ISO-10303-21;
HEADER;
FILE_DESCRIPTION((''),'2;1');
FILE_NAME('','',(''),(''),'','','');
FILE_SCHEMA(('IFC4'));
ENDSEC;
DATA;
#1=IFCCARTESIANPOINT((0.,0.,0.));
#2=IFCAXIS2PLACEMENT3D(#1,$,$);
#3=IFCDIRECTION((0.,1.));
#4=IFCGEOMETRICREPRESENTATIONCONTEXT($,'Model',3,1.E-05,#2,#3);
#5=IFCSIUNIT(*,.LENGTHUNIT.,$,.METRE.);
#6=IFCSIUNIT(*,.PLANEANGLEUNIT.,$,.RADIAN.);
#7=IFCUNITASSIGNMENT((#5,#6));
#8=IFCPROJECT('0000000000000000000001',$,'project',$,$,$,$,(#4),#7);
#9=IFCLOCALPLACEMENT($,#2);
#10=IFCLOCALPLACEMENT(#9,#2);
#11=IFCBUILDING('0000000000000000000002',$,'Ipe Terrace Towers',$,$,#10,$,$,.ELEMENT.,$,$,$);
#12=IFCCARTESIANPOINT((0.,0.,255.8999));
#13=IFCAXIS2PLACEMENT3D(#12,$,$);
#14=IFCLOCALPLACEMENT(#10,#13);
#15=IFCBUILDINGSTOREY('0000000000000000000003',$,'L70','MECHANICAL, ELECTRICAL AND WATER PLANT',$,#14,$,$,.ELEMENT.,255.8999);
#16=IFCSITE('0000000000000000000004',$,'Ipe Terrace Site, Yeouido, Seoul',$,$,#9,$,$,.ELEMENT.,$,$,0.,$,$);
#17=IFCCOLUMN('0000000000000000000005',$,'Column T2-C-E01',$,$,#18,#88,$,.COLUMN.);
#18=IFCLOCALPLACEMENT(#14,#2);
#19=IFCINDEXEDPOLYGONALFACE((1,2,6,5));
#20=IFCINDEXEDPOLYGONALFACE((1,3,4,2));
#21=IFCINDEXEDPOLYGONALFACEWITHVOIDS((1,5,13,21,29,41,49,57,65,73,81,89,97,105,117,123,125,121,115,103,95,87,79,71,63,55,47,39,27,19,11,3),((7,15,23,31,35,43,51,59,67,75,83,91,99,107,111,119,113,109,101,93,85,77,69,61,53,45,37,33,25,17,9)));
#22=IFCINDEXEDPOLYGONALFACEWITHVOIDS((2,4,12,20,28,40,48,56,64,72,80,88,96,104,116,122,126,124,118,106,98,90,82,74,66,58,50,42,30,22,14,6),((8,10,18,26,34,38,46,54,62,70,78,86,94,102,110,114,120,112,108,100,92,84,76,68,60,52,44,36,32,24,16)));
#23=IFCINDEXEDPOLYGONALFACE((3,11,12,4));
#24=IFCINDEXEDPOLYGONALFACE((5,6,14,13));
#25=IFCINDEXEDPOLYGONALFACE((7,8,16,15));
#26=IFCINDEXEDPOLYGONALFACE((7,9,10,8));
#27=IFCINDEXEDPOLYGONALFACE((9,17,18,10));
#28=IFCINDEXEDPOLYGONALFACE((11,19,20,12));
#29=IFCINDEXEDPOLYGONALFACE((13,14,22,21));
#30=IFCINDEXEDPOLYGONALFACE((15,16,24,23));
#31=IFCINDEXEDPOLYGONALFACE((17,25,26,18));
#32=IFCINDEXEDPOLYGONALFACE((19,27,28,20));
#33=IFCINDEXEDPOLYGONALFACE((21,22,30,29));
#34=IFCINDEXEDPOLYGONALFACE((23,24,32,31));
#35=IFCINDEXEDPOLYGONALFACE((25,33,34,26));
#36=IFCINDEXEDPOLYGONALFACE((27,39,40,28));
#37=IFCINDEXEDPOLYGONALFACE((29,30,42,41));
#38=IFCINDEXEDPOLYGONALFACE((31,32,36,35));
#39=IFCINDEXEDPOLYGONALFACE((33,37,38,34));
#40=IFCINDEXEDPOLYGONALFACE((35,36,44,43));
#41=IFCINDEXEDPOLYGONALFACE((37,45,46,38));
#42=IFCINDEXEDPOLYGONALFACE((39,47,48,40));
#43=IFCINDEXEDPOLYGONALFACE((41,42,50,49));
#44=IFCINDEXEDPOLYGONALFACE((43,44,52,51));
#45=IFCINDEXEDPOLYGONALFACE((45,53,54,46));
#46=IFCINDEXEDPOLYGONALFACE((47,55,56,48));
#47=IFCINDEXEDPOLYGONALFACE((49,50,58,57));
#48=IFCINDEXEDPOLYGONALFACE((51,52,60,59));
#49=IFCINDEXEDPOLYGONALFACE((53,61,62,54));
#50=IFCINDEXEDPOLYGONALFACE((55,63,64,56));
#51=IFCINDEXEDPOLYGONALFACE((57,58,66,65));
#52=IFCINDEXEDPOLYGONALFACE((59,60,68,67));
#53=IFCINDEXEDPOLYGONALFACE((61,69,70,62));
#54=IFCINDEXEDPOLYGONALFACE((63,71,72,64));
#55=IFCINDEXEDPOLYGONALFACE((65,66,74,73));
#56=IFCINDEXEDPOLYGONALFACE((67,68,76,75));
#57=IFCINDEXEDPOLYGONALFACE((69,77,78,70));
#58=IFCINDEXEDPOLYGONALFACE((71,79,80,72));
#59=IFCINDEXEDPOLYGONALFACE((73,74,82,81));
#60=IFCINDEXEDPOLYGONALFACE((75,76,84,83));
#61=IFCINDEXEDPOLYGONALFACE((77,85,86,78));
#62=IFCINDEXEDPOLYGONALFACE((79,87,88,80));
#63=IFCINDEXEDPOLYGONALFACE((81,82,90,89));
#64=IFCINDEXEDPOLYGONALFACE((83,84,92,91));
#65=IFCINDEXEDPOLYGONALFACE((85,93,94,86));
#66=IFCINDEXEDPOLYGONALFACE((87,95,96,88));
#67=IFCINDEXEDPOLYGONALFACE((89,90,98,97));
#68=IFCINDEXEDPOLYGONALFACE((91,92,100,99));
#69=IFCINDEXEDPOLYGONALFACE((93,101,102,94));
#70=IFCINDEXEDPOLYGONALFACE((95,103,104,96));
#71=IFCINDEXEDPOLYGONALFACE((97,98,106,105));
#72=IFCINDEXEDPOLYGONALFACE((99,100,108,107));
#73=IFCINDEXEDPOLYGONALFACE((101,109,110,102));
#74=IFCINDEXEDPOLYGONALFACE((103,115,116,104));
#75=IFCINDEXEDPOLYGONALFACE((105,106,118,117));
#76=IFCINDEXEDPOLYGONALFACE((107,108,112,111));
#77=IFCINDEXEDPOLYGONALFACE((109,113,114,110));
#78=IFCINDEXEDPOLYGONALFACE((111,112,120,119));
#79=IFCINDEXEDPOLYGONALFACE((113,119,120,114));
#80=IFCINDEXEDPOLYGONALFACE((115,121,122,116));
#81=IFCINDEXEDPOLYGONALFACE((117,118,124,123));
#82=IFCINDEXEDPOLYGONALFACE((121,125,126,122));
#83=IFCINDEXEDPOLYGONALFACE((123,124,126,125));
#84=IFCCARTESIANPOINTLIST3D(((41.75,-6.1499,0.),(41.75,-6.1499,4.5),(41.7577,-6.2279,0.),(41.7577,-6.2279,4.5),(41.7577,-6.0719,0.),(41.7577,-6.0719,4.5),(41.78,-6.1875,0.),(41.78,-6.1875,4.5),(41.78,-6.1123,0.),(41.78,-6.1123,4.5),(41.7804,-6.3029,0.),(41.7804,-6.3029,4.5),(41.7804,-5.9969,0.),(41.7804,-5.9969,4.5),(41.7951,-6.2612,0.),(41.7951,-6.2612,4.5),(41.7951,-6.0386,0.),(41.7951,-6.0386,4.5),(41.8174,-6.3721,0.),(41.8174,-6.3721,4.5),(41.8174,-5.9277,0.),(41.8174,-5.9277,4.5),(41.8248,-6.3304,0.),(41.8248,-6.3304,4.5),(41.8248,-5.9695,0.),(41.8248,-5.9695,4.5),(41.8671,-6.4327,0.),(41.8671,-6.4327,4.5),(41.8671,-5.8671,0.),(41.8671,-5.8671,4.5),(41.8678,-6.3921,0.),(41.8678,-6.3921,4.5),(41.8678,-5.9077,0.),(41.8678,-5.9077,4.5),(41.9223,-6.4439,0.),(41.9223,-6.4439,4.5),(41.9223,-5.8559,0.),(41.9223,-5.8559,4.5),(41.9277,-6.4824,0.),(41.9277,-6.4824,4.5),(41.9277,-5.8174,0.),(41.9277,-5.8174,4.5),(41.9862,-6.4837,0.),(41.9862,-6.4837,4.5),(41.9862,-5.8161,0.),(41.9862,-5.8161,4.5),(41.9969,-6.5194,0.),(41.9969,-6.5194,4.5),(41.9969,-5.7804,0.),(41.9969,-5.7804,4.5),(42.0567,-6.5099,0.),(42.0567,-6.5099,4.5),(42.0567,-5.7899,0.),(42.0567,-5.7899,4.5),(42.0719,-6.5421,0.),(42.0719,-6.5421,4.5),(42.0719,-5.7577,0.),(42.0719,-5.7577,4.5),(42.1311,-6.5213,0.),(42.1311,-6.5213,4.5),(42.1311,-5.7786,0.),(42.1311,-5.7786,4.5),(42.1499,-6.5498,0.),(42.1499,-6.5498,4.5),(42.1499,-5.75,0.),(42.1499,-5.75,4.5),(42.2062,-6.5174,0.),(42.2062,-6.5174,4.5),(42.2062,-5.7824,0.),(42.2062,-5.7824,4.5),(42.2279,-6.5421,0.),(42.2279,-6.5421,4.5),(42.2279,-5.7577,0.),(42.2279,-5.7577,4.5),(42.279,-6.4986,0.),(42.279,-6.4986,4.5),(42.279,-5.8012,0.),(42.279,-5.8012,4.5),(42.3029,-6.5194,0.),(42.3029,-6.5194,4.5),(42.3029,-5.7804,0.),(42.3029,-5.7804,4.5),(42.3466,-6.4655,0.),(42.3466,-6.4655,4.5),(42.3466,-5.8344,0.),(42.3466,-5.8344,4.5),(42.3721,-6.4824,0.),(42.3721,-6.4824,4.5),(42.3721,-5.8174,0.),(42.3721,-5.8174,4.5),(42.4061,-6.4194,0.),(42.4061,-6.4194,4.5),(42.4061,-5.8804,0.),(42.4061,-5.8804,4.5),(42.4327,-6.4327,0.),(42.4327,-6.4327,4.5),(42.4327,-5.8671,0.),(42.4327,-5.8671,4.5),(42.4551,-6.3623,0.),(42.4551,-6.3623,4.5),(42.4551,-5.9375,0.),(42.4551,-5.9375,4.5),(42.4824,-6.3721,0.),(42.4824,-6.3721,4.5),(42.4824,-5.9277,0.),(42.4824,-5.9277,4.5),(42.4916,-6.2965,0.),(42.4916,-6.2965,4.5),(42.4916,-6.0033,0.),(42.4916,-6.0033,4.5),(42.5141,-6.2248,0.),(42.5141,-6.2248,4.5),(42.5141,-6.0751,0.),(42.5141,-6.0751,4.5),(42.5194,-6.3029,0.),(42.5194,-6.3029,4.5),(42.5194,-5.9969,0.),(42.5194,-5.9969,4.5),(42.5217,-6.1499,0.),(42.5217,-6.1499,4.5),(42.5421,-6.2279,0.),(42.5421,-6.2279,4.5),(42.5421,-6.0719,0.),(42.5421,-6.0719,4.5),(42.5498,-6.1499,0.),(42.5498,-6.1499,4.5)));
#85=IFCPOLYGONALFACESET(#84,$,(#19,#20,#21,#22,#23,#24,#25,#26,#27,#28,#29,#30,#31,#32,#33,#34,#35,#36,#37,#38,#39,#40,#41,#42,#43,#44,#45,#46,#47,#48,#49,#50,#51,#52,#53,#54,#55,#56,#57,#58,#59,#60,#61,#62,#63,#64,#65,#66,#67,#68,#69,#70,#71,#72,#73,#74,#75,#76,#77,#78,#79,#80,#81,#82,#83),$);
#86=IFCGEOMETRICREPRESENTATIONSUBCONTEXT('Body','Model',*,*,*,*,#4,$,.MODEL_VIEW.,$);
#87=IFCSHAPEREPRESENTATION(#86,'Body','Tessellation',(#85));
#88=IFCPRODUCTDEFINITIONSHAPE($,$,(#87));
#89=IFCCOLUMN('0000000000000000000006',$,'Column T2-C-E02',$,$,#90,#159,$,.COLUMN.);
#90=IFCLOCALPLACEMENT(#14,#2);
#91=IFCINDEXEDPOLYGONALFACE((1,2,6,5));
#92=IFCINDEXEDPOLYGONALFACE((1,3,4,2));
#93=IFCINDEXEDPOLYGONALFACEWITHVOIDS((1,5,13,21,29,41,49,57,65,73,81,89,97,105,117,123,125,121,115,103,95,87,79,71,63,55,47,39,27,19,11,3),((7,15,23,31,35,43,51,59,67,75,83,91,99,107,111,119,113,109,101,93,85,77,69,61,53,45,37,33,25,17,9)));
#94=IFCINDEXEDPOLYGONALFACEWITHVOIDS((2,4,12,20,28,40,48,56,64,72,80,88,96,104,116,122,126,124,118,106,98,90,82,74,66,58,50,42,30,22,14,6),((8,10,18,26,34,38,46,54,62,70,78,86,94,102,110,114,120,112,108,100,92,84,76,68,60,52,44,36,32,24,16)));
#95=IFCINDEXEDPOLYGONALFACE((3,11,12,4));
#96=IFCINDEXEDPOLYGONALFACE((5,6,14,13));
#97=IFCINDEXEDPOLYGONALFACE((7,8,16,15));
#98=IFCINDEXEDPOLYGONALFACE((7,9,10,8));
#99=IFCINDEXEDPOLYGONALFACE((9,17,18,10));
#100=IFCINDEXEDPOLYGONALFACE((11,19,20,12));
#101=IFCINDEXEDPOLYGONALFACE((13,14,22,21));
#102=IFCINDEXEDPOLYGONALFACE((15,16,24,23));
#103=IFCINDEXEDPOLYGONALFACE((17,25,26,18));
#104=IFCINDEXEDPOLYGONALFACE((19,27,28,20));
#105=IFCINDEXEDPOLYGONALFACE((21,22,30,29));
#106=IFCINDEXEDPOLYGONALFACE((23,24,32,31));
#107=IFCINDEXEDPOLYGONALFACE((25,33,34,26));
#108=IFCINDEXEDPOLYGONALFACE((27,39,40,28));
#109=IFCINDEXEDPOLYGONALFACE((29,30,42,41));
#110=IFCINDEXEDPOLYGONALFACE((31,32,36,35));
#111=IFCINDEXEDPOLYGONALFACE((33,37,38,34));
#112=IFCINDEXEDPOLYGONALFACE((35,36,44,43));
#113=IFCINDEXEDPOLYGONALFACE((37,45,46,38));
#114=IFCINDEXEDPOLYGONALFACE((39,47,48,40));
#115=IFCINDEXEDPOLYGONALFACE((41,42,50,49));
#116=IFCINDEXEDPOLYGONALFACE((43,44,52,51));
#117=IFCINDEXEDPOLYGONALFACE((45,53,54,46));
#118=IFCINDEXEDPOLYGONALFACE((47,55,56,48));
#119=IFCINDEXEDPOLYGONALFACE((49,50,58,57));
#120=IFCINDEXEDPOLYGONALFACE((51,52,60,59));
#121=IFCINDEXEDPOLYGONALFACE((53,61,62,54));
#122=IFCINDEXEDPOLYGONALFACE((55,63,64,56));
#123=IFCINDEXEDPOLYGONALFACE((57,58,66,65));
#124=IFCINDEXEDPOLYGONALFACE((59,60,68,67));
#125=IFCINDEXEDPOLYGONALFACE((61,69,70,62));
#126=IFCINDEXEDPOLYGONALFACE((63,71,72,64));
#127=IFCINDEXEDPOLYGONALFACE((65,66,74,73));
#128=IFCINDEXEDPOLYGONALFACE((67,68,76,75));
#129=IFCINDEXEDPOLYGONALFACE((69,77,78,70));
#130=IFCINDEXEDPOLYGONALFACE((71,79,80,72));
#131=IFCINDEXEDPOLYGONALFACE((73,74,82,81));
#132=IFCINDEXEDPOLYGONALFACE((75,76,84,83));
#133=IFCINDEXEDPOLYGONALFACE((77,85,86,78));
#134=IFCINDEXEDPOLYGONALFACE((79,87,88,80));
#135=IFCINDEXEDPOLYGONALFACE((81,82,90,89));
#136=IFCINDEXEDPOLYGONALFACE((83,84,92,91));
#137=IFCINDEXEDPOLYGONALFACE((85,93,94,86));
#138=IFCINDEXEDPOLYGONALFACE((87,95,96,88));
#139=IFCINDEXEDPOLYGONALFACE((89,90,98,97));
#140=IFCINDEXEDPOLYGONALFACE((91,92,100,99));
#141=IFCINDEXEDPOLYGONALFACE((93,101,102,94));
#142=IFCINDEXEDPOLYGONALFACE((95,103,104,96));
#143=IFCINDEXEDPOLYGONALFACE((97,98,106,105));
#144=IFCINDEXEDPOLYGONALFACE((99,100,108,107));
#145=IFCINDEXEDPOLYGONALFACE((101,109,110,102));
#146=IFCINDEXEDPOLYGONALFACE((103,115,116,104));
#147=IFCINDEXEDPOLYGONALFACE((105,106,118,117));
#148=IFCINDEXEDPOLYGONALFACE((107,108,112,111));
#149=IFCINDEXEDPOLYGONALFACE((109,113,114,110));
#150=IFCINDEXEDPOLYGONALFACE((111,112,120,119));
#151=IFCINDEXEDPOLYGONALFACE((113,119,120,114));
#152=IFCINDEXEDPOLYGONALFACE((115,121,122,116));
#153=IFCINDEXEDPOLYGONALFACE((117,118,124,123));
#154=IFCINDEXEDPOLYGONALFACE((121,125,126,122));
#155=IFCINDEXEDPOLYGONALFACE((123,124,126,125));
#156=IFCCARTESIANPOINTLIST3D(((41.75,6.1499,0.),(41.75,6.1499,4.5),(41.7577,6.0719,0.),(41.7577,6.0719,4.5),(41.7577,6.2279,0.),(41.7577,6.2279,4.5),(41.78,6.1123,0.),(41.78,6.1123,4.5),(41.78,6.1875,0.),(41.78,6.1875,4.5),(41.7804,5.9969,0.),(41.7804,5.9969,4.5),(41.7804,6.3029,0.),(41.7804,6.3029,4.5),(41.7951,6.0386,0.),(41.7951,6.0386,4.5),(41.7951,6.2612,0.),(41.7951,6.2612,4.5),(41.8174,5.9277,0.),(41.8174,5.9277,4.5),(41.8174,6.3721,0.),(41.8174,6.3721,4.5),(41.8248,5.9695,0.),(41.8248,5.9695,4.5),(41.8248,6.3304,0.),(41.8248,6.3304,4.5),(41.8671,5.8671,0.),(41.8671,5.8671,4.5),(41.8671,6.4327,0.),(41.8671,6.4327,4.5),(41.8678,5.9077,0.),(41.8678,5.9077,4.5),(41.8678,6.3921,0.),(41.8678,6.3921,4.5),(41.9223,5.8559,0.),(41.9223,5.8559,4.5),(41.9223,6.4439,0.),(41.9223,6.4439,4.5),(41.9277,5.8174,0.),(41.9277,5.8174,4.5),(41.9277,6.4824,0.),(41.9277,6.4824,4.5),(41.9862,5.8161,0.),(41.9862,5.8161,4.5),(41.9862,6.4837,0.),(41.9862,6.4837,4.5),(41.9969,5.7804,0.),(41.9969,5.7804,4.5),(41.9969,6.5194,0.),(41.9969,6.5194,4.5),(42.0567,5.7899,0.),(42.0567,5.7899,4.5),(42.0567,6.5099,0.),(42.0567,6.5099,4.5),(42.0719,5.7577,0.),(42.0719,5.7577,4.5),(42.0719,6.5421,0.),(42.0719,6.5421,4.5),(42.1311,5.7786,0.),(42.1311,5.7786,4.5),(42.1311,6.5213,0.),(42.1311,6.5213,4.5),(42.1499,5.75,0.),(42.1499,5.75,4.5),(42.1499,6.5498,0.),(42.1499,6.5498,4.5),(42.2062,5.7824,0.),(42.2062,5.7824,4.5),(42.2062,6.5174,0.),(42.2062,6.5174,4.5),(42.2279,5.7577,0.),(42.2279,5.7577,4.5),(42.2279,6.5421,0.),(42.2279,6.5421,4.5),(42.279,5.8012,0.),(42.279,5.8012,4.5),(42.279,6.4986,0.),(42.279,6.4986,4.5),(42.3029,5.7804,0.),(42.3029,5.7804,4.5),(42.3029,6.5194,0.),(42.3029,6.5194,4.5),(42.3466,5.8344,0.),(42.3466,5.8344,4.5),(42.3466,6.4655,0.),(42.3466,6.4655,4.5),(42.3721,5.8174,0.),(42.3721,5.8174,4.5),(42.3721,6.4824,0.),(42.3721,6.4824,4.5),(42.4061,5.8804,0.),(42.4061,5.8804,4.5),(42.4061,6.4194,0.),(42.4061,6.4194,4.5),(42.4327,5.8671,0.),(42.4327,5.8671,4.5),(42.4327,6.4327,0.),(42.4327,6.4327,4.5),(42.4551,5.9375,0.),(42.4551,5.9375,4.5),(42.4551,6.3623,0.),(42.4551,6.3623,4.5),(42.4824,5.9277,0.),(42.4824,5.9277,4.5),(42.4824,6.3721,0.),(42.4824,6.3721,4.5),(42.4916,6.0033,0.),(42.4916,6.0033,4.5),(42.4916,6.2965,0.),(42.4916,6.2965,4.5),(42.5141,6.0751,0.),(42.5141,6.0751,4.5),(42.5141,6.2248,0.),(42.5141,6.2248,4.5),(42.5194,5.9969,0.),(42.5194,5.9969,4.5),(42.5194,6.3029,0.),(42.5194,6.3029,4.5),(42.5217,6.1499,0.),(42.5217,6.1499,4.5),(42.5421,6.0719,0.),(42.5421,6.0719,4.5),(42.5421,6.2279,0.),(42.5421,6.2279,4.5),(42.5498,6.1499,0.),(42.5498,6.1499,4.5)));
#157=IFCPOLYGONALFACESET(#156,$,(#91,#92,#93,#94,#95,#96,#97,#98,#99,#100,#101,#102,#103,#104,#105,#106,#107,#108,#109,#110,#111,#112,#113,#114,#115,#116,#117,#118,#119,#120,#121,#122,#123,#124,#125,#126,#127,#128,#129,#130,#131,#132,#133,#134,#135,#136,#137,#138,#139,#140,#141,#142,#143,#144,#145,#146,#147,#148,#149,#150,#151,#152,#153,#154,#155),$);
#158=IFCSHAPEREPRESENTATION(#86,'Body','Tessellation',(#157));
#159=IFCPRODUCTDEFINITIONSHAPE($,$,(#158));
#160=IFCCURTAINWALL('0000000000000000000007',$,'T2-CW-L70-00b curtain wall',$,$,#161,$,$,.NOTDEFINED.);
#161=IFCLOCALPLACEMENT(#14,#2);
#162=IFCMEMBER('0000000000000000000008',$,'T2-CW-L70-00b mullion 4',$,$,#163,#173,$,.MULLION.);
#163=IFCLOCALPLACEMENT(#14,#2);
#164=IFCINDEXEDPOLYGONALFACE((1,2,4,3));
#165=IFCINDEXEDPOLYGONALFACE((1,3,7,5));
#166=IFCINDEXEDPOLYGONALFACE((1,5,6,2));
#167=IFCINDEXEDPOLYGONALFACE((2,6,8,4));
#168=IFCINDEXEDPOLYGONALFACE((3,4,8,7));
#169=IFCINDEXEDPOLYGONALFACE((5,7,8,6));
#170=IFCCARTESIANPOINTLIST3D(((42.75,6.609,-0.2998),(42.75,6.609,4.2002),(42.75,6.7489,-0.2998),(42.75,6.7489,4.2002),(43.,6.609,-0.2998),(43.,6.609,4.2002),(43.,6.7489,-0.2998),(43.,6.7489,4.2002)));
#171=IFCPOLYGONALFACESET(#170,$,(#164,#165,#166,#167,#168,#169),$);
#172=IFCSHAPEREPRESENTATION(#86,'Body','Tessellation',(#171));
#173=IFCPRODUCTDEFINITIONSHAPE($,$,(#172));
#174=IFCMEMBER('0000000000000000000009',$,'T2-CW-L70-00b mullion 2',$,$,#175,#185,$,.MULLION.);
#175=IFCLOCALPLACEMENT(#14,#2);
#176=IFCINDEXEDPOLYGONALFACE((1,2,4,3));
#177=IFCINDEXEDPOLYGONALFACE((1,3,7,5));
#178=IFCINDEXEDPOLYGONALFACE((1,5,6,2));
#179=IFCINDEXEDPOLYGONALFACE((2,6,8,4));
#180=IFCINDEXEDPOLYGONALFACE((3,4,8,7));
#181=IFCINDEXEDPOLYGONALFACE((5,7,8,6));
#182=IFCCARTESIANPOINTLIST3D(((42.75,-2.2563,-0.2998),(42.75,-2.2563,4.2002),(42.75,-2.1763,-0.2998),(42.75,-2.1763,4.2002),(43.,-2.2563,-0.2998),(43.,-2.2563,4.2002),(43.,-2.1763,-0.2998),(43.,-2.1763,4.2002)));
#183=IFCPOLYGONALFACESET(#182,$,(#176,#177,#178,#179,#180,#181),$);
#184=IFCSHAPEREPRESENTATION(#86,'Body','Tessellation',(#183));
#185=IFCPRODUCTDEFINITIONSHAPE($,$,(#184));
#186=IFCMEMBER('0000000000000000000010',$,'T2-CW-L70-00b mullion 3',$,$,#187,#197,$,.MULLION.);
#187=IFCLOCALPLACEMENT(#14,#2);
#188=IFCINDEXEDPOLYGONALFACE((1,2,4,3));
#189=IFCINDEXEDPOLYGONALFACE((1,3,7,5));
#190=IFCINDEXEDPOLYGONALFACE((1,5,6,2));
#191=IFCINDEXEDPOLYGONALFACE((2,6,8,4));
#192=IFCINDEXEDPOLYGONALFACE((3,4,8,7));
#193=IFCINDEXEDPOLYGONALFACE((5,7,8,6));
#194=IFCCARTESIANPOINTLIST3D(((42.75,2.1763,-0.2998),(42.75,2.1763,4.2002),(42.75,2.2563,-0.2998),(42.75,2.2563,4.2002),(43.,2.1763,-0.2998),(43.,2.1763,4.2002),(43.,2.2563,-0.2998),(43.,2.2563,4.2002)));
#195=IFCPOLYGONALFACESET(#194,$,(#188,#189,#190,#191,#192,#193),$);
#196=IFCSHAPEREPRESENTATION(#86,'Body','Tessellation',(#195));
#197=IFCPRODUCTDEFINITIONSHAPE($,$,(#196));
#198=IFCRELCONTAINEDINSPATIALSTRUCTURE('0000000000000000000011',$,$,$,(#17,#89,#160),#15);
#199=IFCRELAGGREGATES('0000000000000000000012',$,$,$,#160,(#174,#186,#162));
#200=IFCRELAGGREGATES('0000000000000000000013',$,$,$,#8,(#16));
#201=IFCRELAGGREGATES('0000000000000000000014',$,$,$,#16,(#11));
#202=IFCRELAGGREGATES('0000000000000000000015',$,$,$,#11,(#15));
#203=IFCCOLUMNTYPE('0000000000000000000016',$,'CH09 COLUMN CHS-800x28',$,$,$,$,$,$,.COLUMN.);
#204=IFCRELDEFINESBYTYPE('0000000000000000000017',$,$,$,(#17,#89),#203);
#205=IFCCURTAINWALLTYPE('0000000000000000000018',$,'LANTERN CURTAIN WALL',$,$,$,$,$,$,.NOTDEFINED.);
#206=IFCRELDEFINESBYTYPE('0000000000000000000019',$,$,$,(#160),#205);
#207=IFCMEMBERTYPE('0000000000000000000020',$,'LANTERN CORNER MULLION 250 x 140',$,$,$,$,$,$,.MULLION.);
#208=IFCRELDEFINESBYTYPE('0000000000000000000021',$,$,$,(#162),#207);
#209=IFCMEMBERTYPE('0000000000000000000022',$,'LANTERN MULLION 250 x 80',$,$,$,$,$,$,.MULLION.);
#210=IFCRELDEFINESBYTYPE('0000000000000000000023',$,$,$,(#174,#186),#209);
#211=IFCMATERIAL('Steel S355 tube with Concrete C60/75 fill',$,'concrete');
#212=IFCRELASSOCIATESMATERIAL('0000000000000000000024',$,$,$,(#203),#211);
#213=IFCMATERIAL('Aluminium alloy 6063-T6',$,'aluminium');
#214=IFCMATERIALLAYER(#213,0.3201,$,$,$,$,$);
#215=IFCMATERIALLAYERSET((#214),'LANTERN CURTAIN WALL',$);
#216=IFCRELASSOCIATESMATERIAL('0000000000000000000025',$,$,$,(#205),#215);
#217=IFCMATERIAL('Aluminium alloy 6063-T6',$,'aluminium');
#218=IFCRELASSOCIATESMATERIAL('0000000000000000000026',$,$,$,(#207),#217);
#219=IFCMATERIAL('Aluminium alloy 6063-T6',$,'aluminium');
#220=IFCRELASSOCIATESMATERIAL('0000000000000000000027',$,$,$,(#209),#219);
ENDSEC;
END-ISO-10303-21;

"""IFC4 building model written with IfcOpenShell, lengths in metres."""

from ifc_helpers import new_model, si_unit, direction, frame, origin, origin_2d, place, context, subcontext, project, spatial, rectangle, hollow_circle, extrude, material, layer, layer_set, material_profile, profile_set, type_object, element, aggregate, save


model = new_model("IFC4")

# Units and contexts
model_context = context("Model", 3, precision=1e-05, world=origin(), true_north=direction((0.0, 1.0)))
body_context = subcontext(model_context, "Body", "Model", "MODEL_VIEW")
ifc_project = project(units=[si_unit("LENGTHUNIT", "METRE"), si_unit("PLANEANGLEUNIT", "RADIAN")], contexts=[model_context])

# Site, building, storey
site_placement = place(None, origin())
site = spatial("IfcSite", under=ifc_project, at=site_placement, Name="Ipe Terrace Site, Yeouido, Seoul", CompositionType="ELEMENT", RefElevation=0.0)
building_placement = place(site_placement, origin())
building = spatial("IfcBuilding", under=site, at=building_placement, Name="Ipe Terrace Towers", CompositionType="ELEMENT")
storey_placement = place(building_placement, frame((0.0, 0.0, 255.8999)))
storey = spatial("IfcBuildingStorey", under=building, at=storey_placement, Name="L70", Description="MECHANICAL, ELECTRICAL AND WATER PLANT", CompositionType="ELEMENT", Elevation=255.8999)

# Columns
ifc_material_1 = material(Name="Steel S355 tube with Concrete C60/75 fill", Category="concrete")
ifc_material_profile_1 = material_profile(ifc_material_1, hollow_circle(Radius=0.3999, WallThickness=0.0281, at=origin_2d()), Name="CHS-800x28")
ifc_profile_set_1 = profile_set([ifc_material_profile_1], Name="Steel S355 tube with Concrete C60/75 fill")
column_type = type_object("IfcColumnType", Name="CH09 COLUMN CHS-800x28", PredefinedType="COLUMN", material=ifc_profile_set_1)
for number, where, z_axis, x_axis, name in (
    (1, (42.1499, -6.1499, 0.0), (0.0, 0.0, 1.0), (1.0, 0.0, 0.0), "Column T2-C-E01"),
    (2, (42.1499, 6.1499, 0.0), (0.0, 0.0, 1.0), (1.0, 0.0, 0.0), "Column T2-C-E02"),
):
    element("IfcColumn", number, at=place(storey_placement, frame(where, z_axis=z_axis, x_axis=x_axis)), inside=storey, type_object=column_type, Name=name, PredefinedType="COLUMN", context=body_context, shape_type="SweptSolid", body=[
        extrude(hollow_circle(Radius=0.3999, WallThickness=0.0281, at=origin_2d()), origin(), (0.0, 0.0, 1.0), 4.5),
    ])

# Curtain wall, members
ifc_material_2 = material(Name="Aluminium alloy 6063-T6", Category="aluminium")
ifc_layer_1 = layer(ifc_material_2, 0.3201)
ifc_layer_set_1 = layer_set([ifc_layer_1], Name="LANTERN CURTAIN WALL")
curtain_wall_type = type_object("IfcCurtainWallType", Name="LANTERN CURTAIN WALL", PredefinedType="NOTDEFINED", material=ifc_layer_set_1)
curtain_wall_placement = place(storey_placement, origin())
curtain_wall = element("IfcCurtainWall", 3, at=curtain_wall_placement, inside=storey, type_object=curtain_wall_type, Name="T2-CW-L70-00b curtain wall", PredefinedType="NOTDEFINED")
ifc_material_3 = material(Name="Aluminium alloy 6063-T6", Category="aluminium")
ifc_material_profile_2 = material_profile(ifc_material_3, rectangle(XDim=0.25, YDim=0.1399, at=origin_2d()), Name="LANTERN CORNER MULLION 250 x 140")
ifc_profile_set_2 = profile_set([ifc_material_profile_2], Name="Aluminium alloy 6063-T6")
member_type_1 = type_object("IfcMemberType", Name="LANTERN CORNER MULLION 250 x 140", PredefinedType="MULLION", material=ifc_profile_set_2)
member_1_placement = place(storey_placement, frame((42.875, 6.679, -0.2998), z_axis=(0.0, 0.0, 1.0), x_axis=(1.0, 0.0, 0.0)))
member_1 = element("IfcMember", 4, at=member_1_placement, type_object=member_type_1, Name="T2-CW-L70-00b mullion 4", PredefinedType="MULLION", context=body_context, shape_type="SweptSolid", body=[
    extrude(rectangle(XDim=0.25, YDim=0.1399, at=origin_2d()), origin(), (0.0, 0.0, 1.0), 4.5),
])
ifc_material_4 = material(Name="Aluminium alloy 6063-T6", Category="aluminium")
ifc_material_profile_3 = material_profile(ifc_material_4, rectangle(XDim=0.25, YDim=0.0801, at=origin_2d()), Name="LANTERN MULLION 250 x 80")
ifc_profile_set_3 = profile_set([ifc_material_profile_3], Name="Aluminium alloy 6063-T6")
member_type_2 = type_object("IfcMemberType", Name="LANTERN MULLION 250 x 80", PredefinedType="MULLION", material=ifc_profile_set_3)
member_2_placement = place(storey_placement, frame((42.875, -2.2163, -0.2998), z_axis=(0.0, 0.0, 1.0), x_axis=(1.0, 0.0, 0.0)))
member_2 = element("IfcMember", 5, at=member_2_placement, type_object=member_type_2, Name="T2-CW-L70-00b mullion 2", PredefinedType="MULLION", context=body_context, shape_type="SweptSolid", body=[
    extrude(rectangle(XDim=0.25, YDim=0.0801, at=origin_2d()), origin(), (0.0, 0.0, 1.0), 4.5),
])
member_3_placement = place(storey_placement, frame((42.875, 2.2163, -0.2998), z_axis=(0.0, 0.0, 1.0), x_axis=(1.0, 0.0, 0.0)))
member_3 = element("IfcMember", 6, at=member_3_placement, type_object=member_type_2, Name="T2-CW-L70-00b mullion 3", PredefinedType="MULLION", context=body_context, shape_type="SweptSolid", body=[
    extrude(rectangle(XDim=0.25, YDim=0.0801, at=origin_2d()), origin(), (0.0, 0.0, 1.0), 4.5),
])
aggregate(curtain_wall, [member_2, member_3, member_1])

save(model, "model.ifc")
